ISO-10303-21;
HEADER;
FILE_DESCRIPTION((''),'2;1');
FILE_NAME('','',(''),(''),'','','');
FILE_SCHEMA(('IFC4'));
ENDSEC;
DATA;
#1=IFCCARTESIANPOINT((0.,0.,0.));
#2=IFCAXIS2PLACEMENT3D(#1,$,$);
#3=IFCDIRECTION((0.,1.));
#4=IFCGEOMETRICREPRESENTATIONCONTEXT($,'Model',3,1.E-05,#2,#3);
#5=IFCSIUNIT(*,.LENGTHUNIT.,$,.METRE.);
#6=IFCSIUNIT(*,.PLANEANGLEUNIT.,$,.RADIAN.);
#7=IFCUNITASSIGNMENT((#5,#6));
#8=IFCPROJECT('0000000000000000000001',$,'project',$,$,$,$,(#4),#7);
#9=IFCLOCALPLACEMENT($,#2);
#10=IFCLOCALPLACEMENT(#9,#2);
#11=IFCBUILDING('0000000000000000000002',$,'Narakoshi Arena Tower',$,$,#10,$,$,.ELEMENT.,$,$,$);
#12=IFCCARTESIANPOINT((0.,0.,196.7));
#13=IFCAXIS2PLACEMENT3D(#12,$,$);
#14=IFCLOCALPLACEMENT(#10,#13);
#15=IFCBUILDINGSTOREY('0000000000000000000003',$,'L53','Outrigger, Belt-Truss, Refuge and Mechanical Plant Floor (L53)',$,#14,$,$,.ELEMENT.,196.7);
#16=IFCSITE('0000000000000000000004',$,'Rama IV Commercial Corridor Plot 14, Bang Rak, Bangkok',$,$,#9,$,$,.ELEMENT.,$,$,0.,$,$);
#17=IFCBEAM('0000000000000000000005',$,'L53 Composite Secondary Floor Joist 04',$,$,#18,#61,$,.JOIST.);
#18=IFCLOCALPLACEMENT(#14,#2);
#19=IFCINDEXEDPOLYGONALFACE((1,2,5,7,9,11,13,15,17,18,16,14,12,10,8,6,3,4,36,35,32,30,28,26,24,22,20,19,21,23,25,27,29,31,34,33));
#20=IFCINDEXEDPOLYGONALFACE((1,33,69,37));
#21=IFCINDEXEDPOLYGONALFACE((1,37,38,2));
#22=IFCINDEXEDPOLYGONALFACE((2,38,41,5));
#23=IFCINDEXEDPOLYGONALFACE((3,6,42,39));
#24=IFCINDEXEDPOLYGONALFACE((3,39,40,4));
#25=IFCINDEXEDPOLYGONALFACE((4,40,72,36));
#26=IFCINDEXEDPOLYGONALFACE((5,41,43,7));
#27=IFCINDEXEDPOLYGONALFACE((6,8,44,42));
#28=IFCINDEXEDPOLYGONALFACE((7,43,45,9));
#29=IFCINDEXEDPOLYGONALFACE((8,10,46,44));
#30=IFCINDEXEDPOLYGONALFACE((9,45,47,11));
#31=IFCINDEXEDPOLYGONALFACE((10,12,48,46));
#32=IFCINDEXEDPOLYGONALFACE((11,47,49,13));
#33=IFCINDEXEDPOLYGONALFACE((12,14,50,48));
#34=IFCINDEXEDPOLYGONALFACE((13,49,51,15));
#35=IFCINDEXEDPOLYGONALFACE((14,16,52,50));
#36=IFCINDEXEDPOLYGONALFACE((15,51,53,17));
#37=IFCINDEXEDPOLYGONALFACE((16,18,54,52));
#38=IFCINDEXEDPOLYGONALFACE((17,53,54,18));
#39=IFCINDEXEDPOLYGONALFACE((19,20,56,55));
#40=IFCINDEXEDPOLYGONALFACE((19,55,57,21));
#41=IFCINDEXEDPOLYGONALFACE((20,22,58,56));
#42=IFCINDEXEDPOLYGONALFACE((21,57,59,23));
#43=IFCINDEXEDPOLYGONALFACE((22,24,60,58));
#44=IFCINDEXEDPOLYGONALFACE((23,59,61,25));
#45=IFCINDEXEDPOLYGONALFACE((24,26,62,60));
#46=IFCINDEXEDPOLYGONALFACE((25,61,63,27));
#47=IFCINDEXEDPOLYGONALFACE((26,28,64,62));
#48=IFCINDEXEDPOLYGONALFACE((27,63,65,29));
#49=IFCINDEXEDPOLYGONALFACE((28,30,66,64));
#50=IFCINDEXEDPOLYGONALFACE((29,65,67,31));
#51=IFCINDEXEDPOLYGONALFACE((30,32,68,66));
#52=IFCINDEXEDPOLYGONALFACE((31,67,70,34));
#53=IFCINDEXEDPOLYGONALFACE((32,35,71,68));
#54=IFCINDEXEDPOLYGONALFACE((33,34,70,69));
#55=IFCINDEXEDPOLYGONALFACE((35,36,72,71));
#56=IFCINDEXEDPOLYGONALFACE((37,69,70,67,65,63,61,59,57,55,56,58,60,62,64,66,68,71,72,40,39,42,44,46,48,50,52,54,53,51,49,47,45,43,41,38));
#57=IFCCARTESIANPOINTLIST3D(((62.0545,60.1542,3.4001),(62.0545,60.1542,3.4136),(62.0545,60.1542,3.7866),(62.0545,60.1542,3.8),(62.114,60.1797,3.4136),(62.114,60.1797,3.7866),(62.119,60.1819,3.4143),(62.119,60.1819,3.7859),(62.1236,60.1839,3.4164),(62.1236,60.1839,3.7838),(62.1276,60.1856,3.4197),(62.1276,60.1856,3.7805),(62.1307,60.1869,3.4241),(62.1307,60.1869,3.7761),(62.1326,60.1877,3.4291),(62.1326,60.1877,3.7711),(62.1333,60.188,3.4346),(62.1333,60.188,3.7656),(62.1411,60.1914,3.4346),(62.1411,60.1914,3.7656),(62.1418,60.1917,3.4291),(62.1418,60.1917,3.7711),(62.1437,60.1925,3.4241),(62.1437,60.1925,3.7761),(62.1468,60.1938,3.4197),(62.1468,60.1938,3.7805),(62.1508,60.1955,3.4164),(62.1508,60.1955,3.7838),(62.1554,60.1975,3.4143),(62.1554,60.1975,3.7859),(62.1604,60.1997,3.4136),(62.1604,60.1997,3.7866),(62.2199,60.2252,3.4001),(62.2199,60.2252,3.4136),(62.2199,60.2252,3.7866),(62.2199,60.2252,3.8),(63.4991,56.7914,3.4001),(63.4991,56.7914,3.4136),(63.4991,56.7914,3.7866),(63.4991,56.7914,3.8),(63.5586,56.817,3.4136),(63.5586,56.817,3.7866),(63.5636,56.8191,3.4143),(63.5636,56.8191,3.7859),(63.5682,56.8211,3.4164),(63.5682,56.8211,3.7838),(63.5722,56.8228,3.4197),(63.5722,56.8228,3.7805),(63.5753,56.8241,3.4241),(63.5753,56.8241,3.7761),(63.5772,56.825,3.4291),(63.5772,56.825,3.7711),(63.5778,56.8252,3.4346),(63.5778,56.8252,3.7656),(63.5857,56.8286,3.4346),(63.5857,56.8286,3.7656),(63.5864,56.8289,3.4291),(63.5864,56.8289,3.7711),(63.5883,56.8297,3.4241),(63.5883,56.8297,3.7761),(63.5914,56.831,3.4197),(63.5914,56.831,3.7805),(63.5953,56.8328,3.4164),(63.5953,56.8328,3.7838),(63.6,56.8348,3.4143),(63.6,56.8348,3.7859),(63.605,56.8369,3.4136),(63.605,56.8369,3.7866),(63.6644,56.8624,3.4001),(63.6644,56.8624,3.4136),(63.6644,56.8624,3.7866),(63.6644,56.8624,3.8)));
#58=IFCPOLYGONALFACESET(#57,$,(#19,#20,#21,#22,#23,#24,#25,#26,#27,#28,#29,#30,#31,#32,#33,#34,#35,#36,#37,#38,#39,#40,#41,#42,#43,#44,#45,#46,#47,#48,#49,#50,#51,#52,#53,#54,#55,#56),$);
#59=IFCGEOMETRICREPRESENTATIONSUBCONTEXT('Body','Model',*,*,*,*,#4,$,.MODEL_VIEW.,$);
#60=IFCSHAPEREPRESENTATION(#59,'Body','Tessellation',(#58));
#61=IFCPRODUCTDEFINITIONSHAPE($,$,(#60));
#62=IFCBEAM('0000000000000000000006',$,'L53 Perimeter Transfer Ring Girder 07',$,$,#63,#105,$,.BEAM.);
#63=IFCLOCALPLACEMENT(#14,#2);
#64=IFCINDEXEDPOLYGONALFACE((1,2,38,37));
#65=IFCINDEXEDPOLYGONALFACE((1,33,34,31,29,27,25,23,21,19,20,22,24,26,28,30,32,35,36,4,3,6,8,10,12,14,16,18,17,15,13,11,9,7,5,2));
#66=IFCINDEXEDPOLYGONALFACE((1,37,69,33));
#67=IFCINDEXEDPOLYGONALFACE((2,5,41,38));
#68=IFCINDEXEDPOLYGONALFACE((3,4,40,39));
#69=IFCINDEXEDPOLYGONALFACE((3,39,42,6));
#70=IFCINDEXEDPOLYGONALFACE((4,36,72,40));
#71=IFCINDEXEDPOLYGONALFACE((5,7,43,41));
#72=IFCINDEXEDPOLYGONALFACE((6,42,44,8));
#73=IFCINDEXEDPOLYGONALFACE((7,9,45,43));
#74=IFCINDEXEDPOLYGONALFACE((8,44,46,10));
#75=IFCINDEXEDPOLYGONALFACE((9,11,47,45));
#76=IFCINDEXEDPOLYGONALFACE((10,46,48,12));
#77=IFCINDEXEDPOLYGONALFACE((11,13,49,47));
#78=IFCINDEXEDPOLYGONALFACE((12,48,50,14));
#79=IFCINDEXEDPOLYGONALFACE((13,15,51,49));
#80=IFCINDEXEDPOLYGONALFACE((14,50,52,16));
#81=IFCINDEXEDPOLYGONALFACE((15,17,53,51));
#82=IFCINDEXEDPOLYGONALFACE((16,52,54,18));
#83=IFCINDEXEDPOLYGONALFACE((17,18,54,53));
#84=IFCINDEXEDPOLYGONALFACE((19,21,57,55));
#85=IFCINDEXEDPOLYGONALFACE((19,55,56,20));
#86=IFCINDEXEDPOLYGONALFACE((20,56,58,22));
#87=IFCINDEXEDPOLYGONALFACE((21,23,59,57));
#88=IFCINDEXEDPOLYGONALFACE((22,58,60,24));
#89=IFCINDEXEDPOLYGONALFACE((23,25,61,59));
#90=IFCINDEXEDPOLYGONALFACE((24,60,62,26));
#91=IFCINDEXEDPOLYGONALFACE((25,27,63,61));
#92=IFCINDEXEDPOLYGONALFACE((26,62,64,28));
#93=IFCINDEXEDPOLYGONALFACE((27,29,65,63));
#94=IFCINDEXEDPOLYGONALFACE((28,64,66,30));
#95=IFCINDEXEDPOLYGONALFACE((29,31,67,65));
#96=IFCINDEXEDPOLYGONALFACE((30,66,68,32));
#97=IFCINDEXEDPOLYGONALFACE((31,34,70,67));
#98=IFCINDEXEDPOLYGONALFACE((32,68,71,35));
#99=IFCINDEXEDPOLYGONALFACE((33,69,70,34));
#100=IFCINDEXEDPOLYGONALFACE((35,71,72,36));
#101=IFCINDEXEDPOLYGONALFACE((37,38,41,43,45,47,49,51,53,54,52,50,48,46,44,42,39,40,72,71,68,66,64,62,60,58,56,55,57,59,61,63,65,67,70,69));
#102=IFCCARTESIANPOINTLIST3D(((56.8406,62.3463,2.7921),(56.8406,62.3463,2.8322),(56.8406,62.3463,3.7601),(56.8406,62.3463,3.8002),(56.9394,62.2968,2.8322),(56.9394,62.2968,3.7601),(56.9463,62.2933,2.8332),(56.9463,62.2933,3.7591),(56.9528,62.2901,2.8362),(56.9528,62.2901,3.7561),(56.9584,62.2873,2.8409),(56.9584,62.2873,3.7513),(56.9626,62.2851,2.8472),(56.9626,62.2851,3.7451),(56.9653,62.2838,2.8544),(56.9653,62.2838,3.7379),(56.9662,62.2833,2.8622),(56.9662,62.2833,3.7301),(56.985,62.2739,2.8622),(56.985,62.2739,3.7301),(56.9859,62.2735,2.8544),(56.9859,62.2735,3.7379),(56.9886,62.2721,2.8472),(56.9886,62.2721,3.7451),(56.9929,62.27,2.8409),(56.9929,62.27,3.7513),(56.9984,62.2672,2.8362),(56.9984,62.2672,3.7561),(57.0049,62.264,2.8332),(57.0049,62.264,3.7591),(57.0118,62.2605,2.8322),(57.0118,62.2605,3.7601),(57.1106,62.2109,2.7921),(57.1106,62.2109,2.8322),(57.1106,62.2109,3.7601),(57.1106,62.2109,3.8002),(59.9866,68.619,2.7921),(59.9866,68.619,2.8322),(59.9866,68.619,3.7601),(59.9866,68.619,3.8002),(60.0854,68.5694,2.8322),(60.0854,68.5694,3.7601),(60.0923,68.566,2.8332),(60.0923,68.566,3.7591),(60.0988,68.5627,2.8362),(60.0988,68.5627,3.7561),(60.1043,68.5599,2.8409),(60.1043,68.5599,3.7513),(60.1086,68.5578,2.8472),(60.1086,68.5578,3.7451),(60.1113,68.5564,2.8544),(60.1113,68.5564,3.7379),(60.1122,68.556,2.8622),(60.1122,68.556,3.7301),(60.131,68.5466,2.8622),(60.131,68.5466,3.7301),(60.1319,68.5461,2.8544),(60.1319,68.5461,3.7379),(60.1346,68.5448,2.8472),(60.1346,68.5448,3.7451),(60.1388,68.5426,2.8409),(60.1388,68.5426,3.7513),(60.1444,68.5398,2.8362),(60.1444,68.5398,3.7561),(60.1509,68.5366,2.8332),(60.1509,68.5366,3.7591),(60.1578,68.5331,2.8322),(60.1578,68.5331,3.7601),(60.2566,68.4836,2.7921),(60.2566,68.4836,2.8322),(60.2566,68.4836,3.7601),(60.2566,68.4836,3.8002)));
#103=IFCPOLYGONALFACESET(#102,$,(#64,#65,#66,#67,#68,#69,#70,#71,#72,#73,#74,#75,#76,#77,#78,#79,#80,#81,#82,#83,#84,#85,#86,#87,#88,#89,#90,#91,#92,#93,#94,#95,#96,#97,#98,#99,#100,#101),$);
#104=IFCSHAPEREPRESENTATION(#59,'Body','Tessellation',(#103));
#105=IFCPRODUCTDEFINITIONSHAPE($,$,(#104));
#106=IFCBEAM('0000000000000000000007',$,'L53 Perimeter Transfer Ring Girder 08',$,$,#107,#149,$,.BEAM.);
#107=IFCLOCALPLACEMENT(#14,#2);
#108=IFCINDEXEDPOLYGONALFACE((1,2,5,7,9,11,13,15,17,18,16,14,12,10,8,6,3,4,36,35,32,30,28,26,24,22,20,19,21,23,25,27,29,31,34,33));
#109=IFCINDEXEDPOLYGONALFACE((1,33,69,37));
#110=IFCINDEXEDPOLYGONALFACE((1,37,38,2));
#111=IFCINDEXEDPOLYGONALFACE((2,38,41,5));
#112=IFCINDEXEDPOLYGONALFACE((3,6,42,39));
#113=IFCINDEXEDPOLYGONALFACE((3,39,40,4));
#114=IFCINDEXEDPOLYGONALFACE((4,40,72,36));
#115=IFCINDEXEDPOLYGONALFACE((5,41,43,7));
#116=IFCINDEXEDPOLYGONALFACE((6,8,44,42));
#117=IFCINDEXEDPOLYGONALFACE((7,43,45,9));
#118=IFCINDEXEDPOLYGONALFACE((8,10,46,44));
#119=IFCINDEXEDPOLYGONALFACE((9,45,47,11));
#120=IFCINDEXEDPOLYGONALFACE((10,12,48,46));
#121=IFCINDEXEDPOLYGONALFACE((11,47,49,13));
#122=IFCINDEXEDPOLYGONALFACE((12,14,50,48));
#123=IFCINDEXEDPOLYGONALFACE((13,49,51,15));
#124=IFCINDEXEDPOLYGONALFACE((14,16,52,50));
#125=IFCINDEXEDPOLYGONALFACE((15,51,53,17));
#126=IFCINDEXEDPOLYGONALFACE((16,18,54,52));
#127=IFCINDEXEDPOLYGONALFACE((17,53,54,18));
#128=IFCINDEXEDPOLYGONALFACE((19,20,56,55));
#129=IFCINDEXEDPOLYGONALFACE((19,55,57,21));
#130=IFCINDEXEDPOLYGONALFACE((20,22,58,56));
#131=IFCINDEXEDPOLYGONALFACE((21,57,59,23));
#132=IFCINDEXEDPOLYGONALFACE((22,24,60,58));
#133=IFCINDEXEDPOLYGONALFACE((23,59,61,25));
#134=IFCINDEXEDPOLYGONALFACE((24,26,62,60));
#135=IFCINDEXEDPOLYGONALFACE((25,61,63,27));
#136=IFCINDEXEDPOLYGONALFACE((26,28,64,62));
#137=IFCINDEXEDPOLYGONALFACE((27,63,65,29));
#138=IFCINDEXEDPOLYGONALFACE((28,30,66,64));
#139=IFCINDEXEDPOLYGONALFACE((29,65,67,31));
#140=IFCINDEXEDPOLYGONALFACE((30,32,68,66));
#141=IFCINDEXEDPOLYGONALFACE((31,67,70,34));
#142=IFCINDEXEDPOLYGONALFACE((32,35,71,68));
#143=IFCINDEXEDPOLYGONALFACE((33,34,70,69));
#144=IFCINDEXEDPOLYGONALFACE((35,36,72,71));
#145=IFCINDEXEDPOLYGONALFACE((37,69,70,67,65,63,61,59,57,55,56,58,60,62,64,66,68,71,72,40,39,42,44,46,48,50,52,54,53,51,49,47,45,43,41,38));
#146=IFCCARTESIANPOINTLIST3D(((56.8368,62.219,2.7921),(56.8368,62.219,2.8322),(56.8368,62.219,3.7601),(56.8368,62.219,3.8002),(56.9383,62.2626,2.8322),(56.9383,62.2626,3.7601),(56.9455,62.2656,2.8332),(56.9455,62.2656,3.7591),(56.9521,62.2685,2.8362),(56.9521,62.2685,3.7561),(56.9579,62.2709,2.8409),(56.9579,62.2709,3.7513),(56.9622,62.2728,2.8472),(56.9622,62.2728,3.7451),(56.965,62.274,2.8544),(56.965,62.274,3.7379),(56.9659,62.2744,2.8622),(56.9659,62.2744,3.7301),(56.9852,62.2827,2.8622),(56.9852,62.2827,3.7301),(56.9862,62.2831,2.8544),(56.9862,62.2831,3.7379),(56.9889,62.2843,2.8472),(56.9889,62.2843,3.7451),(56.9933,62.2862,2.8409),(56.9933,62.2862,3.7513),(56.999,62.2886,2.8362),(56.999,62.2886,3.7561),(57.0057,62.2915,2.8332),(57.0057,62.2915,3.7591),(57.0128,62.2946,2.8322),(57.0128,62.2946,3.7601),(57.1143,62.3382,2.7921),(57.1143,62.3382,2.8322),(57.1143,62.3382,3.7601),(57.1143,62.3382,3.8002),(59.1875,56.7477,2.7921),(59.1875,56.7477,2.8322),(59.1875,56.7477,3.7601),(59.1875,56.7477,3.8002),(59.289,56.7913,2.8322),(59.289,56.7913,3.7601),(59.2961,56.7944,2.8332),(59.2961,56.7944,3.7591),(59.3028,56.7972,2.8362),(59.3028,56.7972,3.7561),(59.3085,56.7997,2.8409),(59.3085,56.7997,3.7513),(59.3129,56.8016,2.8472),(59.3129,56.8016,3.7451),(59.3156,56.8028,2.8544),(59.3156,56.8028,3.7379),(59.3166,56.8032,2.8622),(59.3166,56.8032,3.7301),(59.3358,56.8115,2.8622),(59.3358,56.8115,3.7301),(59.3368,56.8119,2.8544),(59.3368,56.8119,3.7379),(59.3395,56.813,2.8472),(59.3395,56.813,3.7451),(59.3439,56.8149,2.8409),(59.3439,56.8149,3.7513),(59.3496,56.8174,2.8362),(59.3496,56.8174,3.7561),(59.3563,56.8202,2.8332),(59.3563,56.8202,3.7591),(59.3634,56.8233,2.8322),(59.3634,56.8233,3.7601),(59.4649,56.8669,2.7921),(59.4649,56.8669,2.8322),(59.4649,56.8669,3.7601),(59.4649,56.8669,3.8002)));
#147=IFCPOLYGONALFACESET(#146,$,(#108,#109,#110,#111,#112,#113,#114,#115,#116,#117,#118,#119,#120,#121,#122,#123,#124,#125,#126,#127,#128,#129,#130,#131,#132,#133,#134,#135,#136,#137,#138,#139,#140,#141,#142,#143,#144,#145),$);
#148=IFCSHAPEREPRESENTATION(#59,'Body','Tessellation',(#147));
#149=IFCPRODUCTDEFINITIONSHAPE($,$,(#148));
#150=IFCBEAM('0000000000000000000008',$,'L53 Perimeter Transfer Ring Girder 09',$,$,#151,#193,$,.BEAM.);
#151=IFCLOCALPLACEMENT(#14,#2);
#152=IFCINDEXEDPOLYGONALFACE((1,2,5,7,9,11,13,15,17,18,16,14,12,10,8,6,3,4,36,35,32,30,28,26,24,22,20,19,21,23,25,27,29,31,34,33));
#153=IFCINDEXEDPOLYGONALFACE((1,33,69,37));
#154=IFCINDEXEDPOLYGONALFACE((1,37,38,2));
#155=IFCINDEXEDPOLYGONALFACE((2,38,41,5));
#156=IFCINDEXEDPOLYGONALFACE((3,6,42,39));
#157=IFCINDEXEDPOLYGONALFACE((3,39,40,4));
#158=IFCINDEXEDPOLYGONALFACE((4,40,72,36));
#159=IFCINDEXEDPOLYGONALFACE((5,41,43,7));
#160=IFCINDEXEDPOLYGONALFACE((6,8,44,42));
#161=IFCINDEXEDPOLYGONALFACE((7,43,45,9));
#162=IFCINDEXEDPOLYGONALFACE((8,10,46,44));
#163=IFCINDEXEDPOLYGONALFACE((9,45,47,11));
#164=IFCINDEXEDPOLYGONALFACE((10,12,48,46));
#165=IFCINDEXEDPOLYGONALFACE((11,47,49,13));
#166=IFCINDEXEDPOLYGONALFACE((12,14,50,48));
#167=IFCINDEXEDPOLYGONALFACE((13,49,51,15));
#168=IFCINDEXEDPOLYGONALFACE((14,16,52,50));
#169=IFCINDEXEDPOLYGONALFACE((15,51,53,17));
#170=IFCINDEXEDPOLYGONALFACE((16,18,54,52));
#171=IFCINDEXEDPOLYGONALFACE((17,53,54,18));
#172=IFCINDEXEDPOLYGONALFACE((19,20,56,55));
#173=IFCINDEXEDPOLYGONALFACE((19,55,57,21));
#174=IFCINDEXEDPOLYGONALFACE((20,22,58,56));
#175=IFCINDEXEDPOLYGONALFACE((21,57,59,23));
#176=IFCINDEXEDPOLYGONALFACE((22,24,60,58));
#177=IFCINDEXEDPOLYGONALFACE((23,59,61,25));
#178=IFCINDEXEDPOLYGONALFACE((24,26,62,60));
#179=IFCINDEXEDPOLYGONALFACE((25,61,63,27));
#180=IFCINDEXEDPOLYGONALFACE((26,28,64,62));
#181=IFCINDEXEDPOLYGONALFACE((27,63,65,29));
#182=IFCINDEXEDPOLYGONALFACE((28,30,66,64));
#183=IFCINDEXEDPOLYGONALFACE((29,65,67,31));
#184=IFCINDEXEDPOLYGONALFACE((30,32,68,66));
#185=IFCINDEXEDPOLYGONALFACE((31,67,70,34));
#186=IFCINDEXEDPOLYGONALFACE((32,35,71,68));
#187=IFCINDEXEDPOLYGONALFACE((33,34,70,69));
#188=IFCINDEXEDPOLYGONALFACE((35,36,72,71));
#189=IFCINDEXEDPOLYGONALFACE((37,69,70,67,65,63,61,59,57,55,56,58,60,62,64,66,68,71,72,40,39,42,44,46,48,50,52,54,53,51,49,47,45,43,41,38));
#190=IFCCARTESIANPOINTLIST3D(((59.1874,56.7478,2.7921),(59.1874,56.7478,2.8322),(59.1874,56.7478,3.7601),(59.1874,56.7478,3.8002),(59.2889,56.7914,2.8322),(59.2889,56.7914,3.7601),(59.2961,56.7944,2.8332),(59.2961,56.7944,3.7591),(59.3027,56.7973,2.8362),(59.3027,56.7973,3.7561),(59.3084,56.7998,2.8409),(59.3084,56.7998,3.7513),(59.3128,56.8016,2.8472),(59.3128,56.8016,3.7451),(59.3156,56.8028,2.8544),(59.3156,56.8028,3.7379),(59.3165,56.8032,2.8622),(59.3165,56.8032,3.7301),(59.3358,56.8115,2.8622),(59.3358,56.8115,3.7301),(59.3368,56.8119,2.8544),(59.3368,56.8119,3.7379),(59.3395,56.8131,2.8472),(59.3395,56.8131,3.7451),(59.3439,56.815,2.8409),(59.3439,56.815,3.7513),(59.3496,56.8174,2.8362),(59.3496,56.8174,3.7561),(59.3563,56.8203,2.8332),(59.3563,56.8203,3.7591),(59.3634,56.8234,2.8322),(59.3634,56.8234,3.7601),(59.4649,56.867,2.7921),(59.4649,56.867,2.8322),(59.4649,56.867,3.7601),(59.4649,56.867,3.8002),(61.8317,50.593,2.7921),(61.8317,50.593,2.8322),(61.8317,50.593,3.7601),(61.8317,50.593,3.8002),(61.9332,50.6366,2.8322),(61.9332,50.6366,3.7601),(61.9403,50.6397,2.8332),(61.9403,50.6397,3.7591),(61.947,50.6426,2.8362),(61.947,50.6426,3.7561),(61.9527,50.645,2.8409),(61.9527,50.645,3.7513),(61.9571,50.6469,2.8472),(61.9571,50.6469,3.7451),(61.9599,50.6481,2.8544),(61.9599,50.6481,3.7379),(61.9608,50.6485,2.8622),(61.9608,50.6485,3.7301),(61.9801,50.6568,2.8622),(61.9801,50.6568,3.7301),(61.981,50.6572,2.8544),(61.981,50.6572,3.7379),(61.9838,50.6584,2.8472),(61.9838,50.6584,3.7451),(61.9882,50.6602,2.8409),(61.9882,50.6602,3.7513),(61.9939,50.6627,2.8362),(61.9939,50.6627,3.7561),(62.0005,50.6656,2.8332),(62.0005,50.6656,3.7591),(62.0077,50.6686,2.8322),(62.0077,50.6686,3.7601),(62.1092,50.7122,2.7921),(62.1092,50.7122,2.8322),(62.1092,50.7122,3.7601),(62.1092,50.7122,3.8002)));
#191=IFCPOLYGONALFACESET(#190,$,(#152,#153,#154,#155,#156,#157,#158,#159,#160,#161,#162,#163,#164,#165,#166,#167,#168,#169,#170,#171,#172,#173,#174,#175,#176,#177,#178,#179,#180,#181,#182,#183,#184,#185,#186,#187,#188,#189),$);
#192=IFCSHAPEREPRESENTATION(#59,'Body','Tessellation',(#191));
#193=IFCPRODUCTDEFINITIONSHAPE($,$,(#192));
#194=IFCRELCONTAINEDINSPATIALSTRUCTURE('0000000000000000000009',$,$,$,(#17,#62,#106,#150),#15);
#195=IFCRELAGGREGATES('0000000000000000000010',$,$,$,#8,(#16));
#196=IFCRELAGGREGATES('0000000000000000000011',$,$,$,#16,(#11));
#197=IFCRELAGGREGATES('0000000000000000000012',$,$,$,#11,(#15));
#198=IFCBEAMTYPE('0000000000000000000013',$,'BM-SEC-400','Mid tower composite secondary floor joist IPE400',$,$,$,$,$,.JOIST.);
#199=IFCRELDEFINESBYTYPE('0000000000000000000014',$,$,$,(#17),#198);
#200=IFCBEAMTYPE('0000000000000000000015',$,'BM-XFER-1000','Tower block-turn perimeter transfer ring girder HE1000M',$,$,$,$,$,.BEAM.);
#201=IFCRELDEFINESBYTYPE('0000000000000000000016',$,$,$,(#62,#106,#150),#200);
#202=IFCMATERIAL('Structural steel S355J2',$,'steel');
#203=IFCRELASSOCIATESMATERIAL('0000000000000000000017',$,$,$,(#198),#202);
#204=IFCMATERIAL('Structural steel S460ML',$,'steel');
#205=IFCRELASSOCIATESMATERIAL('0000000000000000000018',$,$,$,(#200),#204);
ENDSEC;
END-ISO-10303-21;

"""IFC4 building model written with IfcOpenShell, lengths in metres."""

from ifc_helpers import new_model, si_unit, direction, frame, origin, origin_2d, place, context, subcontext, project, spatial, i_section, extrude, material, material_profile, profile_set, type_object, element, save


model = new_model("IFC4")

# Units and contexts
model_context = context("Model", 3, precision=1e-05, world=origin(), true_north=direction((0.0, 1.0)))
body_context = subcontext(model_context, "Body", "Model", "MODEL_VIEW")
ifc_project = project(units=[si_unit("LENGTHUNIT", "METRE"), si_unit("PLANEANGLEUNIT", "RADIAN")], contexts=[model_context])

# Site, building, storey
site_placement = place(None, origin())
site = spatial("IfcSite", under=ifc_project, at=site_placement, Name="Rama IV Commercial Corridor Plot 14, Bang Rak, Bangkok", CompositionType="ELEMENT", RefElevation=0.0)
building_placement = place(site_placement, origin())
building = spatial("IfcBuilding", under=site, at=building_placement, Name="Narakoshi Arena Tower", CompositionType="ELEMENT")
storey_placement = place(building_placement, frame((0.0, 0.0, 196.7)))
storey = spatial("IfcBuildingStorey", under=building, at=storey_placement, Name="L53", Description="Outrigger, Belt-Truss, Refuge and Mechanical Plant Floor (L53)", CompositionType="ELEMENT", Elevation=196.7)

# Shared definitions
ifc_material_1 = material(Name="Structural steel S460ML", Category="steel")

# Beams
ifc_material_2 = material(Name="Structural steel S355J2", Category="steel")
ifc_material_profile_1 = material_profile(ifc_material_2, i_section(OverallWidth=0.1799, OverallDepth=0.3999, WebThickness=0.0085, FlangeThickness=0.0134, FilletRadius=0.021, at=origin_2d()), Name="IPE400")
ifc_profile_set_1 = profile_set([ifc_material_profile_1], Name="Structural steel S355J2")
beam_type_1 = type_object("IfcBeamType", Name="BM-SEC-400", Description="Mid tower composite secondary floor joist IPE400", PredefinedType="JOIST", material=ifc_profile_set_1)
beam_1_placement = place(storey_placement, frame((62.1372, 60.1897, 3.6001), z_axis=(0.3947, -0.91881, 0.0), x_axis=(0.91881, 0.3947, 0.0)))
element("IfcBeam", 1, at=beam_1_placement, inside=storey, type_object=beam_type_1, Name="L53 Composite Secondary Floor Joist 04", PredefinedType="JOIST", context=body_context, shape_type="SweptSolid", body=[
    extrude(i_section(OverallWidth=0.1799, OverallDepth=0.3999, WebThickness=0.0085, FlangeThickness=0.0134, FilletRadius=0.021, at=origin_2d()), origin(), (0.0, 0.0, 1.0), 3.6599),
])
ifc_material_profile_2 = material_profile(ifc_material_1, i_section(OverallWidth=0.302, OverallDepth=1.0081, WebThickness=0.021, FlangeThickness=0.04, FilletRadius=0.03, at=origin_2d()), Name="HE1000M")
ifc_profile_set_2 = profile_set([ifc_material_profile_2], Name="Structural steel S460ML")
beam_type_2 = type_object("IfcBeamType", Name="BM-XFER-1000", Description="Tower block-turn perimeter transfer ring girder HE1000M", PredefinedType="BEAM", material=ifc_profile_set_2)
beam_2_placement = place(storey_placement, frame((60.1216, 68.5513, 3.2961), z_axis=(-0.448313, -0.893877, 0.0), x_axis=(0.893877, -0.448313, 0.0)))
element("IfcBeam", 2, at=beam_2_placement, inside=storey, type_object=beam_type_2, Name="L53 Perimeter Transfer Ring Girder 07", PredefinedType="BEAM", context=body_context, shape_type="SweptSolid", body=[
    extrude(i_section(OverallWidth=0.302, OverallDepth=1.0081, WebThickness=0.021, FlangeThickness=0.04, FilletRadius=0.03, at=origin_2d()), origin(), (0.0, 0.0, 1.0), 7.0173),
])
beam_3_placement = place(storey_placement, frame((56.9756, 62.2786, 3.2961), z_axis=(0.394741, -0.918793, 0.0), x_axis=(0.918793, 0.394741, 0.0)))
element("IfcBeam", 3, at=beam_3_placement, inside=storey, type_object=beam_type_2, Name="L53 Perimeter Transfer Ring Girder 08", PredefinedType="BEAM", context=body_context, shape_type="SweptSolid", body=[
    extrude(i_section(OverallWidth=0.302, OverallDepth=1.0081, WebThickness=0.021, FlangeThickness=0.04, FilletRadius=0.03, at=origin_2d()), origin(), (0.0, 0.0, 1.0), 5.9548),
])
beam_4_placement = place(storey_placement, frame((59.3262, 56.8074, 3.2961), z_axis=(0.394742, -0.918792, 0.0), x_axis=(0.918792, 0.394742, 0.0)))
element("IfcBeam", 4, at=beam_4_placement, inside=storey, type_object=beam_type_2, Name="L53 Perimeter Transfer Ring Girder 09", PredefinedType="BEAM", context=body_context, shape_type="SweptSolid", body=[
    extrude(i_section(OverallWidth=0.302, OverallDepth=1.0081, WebThickness=0.021, FlangeThickness=0.04, FilletRadius=0.03, at=origin_2d()), origin(), (0.0, 0.0, 1.0), 6.6987),
])

save(model, "model.ifc")
